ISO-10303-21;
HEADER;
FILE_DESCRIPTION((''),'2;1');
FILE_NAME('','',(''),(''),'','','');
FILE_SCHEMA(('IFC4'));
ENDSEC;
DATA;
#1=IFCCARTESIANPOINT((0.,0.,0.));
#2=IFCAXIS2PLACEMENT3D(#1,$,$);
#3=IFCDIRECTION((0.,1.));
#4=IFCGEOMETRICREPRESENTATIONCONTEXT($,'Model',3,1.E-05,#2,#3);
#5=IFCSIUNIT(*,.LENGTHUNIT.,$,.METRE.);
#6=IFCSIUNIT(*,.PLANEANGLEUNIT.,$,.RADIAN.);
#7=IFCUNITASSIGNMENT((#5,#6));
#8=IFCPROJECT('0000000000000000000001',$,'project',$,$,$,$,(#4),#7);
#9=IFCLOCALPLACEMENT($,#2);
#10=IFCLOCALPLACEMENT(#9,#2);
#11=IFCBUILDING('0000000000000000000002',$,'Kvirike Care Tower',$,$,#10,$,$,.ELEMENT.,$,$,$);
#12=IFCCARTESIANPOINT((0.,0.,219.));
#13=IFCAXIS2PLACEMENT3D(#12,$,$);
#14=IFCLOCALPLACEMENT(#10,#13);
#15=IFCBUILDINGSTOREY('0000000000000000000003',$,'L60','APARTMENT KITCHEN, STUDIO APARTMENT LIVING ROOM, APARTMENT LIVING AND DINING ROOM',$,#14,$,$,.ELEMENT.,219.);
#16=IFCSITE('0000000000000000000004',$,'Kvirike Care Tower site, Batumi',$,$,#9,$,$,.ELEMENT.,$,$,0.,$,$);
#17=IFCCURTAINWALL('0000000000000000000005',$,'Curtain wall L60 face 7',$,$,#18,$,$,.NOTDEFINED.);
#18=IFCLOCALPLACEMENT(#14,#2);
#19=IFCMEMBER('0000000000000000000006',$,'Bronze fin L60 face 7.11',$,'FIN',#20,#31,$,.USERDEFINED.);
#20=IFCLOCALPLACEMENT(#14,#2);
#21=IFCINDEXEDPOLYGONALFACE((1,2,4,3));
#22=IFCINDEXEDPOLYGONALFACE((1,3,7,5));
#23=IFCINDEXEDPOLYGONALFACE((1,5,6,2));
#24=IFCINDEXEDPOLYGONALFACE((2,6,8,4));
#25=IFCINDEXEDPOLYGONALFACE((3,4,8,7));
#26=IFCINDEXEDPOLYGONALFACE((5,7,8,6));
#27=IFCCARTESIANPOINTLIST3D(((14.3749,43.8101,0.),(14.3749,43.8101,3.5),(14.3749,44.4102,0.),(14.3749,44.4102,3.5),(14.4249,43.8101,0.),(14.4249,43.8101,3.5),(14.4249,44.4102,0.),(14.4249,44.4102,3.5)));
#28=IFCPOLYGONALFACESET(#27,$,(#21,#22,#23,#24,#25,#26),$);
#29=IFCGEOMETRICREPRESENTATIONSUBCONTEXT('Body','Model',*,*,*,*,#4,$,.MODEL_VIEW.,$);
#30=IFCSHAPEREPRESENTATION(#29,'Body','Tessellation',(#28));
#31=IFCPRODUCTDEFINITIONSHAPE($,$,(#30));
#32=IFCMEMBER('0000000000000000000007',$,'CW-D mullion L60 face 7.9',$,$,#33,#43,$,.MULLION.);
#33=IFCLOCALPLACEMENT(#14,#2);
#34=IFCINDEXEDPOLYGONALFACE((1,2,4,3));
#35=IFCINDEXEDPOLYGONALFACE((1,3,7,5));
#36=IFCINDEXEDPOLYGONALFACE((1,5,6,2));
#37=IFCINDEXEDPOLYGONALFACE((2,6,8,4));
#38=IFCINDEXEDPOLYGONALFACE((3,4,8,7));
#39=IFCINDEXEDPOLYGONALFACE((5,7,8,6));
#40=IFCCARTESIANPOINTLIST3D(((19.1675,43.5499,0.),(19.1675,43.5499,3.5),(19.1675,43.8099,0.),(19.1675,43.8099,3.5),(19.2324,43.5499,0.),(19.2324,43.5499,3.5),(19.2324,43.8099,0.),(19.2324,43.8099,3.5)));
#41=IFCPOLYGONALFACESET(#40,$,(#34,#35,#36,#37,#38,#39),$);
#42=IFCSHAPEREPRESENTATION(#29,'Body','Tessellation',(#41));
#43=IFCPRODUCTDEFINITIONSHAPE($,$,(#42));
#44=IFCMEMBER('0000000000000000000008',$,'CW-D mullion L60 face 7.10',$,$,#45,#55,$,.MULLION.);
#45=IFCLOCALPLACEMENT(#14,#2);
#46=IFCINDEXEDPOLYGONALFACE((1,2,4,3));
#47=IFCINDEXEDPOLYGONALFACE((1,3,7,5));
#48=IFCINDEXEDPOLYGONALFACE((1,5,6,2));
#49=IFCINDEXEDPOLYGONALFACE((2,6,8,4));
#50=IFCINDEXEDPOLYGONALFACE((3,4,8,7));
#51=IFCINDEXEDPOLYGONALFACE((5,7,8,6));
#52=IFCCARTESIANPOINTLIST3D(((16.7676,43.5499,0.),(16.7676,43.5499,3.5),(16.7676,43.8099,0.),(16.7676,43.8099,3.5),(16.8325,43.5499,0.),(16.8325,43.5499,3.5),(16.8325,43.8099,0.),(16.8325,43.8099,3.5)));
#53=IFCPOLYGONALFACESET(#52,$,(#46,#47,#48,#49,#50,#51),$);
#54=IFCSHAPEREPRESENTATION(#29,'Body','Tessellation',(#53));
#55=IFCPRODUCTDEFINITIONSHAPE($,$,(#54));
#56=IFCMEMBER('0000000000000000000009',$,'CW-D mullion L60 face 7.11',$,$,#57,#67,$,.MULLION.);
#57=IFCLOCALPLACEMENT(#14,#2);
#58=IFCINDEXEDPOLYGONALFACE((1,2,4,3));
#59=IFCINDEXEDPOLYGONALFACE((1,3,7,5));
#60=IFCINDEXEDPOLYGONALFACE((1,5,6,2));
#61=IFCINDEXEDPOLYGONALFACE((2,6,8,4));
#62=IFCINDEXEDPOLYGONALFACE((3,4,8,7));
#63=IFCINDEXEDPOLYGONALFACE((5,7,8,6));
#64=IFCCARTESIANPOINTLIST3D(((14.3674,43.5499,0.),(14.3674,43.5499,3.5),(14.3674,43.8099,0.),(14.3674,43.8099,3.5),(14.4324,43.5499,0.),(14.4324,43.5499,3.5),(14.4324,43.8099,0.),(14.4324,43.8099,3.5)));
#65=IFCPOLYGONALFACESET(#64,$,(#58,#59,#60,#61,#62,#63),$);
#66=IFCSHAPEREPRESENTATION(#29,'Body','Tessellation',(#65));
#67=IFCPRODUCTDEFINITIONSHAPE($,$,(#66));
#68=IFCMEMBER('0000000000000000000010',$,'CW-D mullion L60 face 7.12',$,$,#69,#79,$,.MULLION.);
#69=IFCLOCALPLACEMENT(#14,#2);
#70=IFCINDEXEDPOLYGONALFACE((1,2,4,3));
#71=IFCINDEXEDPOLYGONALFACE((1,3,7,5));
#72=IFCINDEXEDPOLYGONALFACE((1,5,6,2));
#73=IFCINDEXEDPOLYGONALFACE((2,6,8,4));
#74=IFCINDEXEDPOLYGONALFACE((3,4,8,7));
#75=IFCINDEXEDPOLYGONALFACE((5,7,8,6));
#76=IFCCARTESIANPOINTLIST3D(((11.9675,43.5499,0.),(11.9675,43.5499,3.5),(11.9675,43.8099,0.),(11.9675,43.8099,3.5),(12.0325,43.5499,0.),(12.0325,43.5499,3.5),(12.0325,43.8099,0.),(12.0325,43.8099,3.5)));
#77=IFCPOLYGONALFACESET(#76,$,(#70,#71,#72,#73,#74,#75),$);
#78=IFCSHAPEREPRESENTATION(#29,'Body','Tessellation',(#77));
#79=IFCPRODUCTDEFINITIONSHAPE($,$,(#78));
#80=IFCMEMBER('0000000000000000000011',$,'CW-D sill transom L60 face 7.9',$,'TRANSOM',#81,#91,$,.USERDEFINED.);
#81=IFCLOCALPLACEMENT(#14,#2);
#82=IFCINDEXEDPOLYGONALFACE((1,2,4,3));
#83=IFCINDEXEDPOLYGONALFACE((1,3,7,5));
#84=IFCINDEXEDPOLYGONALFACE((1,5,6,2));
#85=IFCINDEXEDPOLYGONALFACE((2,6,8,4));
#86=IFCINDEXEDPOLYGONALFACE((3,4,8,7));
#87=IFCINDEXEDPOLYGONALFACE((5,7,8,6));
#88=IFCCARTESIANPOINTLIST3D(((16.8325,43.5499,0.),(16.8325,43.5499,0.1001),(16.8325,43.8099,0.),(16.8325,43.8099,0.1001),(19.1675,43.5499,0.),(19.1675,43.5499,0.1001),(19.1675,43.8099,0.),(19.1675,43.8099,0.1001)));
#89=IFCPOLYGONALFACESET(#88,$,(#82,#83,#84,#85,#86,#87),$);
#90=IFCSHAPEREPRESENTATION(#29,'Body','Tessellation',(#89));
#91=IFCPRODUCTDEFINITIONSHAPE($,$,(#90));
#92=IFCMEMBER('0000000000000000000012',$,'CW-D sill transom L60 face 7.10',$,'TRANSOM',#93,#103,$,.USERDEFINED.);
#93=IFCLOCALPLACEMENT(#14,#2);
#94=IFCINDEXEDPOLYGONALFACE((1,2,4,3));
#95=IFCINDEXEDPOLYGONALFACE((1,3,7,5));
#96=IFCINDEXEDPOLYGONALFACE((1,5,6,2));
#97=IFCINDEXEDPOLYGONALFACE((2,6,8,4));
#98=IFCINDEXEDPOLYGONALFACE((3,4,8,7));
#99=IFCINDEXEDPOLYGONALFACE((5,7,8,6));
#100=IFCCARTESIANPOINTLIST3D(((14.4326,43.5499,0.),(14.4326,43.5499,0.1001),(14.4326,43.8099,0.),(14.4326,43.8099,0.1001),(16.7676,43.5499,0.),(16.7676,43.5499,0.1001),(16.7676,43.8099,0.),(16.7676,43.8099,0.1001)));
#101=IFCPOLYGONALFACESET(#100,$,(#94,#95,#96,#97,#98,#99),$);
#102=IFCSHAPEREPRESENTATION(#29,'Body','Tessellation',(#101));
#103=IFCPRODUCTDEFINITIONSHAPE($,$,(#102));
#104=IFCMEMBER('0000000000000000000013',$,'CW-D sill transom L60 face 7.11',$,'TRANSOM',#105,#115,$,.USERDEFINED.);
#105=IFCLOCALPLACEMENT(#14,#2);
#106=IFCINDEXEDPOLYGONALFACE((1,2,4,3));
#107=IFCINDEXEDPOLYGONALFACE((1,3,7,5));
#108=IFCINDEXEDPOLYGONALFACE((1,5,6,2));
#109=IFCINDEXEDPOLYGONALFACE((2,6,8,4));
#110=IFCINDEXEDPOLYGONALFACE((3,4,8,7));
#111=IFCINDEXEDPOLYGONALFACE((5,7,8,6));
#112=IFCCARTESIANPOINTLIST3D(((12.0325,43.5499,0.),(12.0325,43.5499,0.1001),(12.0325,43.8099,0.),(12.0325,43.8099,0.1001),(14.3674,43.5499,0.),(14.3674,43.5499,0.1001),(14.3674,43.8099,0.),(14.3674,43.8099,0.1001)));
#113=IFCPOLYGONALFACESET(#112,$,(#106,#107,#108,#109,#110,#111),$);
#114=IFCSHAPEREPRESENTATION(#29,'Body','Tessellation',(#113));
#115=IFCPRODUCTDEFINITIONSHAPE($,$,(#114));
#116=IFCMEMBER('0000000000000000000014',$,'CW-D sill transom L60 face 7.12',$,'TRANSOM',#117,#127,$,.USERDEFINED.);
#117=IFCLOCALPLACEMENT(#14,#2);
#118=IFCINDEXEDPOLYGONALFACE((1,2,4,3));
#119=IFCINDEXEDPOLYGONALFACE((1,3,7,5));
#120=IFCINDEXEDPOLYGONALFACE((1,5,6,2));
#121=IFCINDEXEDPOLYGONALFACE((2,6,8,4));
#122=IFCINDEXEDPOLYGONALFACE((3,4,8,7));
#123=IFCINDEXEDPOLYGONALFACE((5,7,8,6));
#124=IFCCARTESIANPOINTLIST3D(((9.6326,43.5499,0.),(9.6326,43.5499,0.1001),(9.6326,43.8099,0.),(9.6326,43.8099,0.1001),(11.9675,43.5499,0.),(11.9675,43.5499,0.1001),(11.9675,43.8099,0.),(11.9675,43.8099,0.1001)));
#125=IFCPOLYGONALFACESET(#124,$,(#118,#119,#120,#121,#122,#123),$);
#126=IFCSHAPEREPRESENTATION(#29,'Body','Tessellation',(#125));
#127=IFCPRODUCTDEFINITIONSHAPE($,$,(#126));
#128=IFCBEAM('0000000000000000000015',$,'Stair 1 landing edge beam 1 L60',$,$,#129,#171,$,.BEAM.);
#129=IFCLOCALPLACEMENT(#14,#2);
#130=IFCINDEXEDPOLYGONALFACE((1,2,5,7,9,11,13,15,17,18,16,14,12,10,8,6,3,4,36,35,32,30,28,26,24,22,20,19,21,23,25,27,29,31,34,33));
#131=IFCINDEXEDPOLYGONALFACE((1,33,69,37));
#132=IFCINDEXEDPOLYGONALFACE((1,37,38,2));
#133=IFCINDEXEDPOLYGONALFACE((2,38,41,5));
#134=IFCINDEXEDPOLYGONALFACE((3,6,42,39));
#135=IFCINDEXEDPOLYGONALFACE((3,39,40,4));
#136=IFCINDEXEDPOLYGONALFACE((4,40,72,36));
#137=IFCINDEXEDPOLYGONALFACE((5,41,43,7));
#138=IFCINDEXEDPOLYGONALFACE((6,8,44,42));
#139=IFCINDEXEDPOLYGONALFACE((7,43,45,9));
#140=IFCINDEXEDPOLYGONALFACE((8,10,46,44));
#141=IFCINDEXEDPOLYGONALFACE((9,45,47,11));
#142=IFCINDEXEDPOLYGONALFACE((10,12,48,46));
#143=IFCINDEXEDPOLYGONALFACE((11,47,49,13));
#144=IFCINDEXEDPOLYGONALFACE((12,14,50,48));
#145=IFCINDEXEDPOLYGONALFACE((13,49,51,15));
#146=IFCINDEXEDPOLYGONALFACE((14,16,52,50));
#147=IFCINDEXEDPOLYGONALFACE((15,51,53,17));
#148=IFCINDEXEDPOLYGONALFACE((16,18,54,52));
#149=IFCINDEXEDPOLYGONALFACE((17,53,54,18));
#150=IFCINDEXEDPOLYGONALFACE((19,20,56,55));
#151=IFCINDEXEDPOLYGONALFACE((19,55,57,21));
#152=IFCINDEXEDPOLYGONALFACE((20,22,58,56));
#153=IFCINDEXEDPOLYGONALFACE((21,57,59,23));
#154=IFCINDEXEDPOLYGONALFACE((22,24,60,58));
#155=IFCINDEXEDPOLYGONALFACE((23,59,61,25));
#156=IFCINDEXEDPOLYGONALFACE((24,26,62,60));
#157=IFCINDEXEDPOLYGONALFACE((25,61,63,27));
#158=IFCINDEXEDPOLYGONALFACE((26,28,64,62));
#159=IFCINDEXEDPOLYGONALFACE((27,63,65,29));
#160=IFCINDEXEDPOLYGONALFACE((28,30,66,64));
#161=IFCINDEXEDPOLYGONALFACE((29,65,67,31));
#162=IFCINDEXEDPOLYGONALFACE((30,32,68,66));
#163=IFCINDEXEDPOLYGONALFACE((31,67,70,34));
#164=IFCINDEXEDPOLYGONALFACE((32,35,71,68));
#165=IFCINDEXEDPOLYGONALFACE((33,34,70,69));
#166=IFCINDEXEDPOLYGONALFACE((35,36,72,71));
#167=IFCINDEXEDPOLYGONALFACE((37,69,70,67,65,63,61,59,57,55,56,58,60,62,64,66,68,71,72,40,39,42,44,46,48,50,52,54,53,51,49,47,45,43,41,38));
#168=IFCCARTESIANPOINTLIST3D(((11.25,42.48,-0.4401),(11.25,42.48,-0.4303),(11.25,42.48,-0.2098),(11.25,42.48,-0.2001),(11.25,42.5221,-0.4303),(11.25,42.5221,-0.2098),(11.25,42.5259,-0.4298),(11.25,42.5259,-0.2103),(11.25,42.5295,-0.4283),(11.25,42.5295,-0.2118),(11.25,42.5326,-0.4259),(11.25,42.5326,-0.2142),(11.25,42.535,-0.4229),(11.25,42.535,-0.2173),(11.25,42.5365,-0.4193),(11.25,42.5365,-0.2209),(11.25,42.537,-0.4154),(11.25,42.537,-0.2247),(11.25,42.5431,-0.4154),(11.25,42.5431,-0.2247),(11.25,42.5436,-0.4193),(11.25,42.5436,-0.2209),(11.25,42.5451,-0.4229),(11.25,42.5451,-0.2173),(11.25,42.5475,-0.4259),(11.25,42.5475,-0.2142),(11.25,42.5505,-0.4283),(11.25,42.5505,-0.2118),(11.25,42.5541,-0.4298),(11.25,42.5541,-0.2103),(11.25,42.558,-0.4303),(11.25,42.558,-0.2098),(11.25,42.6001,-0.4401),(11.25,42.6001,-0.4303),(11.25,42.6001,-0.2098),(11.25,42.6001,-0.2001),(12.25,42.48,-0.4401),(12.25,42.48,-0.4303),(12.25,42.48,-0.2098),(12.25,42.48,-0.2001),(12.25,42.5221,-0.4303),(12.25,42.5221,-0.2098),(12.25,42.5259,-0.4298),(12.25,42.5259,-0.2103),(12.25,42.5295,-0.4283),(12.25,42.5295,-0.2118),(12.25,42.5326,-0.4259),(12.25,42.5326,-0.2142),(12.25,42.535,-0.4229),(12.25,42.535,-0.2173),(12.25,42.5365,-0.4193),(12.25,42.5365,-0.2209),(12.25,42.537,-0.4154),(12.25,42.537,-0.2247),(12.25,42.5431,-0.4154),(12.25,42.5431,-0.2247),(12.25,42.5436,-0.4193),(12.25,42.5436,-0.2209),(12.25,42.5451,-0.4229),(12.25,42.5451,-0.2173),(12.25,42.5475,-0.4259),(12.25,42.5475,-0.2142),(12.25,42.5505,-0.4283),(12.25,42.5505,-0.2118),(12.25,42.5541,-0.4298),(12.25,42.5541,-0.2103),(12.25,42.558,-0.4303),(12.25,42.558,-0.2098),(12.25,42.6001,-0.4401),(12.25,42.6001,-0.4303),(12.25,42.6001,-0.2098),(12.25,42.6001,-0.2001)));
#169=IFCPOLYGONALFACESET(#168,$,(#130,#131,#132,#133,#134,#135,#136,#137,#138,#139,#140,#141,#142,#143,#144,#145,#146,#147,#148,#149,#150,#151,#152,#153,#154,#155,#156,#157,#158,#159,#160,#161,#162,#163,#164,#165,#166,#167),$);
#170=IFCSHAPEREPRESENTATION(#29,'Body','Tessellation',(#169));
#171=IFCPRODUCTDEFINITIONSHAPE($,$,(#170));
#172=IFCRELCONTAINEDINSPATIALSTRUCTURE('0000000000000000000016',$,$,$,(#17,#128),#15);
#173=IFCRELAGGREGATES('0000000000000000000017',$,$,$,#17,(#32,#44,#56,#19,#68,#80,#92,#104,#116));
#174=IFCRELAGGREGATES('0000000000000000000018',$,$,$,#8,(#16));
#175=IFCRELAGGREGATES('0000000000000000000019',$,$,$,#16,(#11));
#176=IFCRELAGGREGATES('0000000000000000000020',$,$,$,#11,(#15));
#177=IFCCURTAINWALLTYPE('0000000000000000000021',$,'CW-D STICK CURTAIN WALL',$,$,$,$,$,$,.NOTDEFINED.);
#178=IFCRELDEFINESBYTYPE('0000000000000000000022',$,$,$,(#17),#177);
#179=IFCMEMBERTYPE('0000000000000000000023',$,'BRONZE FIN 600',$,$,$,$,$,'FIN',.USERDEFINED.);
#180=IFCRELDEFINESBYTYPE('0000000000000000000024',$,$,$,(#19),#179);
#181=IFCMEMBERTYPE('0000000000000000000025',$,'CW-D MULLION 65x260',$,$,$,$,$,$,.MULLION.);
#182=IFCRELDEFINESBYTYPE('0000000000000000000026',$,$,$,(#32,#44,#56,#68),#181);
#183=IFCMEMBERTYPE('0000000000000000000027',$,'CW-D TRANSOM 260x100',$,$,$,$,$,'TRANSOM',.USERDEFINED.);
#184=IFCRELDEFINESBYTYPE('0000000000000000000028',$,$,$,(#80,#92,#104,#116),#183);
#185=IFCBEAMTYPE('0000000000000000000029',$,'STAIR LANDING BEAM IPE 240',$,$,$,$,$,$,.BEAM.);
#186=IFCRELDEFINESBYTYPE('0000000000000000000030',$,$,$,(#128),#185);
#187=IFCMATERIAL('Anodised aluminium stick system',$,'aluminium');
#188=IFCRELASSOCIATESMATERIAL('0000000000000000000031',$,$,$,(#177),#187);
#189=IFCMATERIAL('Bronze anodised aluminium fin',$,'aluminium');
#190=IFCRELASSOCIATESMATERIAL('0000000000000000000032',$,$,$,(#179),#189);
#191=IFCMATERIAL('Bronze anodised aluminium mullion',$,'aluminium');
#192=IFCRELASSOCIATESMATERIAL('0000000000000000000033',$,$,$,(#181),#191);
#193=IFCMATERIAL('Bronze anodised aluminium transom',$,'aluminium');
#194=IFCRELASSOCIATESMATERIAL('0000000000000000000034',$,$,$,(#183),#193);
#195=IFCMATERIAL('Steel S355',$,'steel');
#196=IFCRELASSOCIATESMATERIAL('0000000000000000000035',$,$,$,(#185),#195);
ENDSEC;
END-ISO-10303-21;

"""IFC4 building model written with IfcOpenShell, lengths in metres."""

from ifc_helpers import new_model, si_unit, direction, frame, origin, origin_2d, place, context, subcontext, project, spatial, rectangle, i_section, extrude, material, material_profile, profile_set, type_object, element, aggregate, save


model = new_model("IFC4")

# Units and contexts
model_context = context("Model", 3, precision=1e-05, world=origin(), true_north=direction((0.0, 1.0)))
body_context = subcontext(model_context, "Body", "Model", "MODEL_VIEW")
ifc_project = project(units=[si_unit("LENGTHUNIT", "METRE"), si_unit("PLANEANGLEUNIT", "RADIAN")], contexts=[model_context])

# Site, building, storey
site_placement = place(None, origin())
site = spatial("IfcSite", under=ifc_project, at=site_placement, Name="Kvirike Care Tower site, Batumi", CompositionType="ELEMENT", RefElevation=0.0)
building_placement = place(site_placement, origin())
building = spatial("IfcBuilding", under=site, at=building_placement, Name="Kvirike Care Tower", CompositionType="ELEMENT")
storey_placement = place(building_placement, frame((0.0, 0.0, 219.0)))
storey = spatial("IfcBuildingStorey", under=building, at=storey_placement, Name="L60", Description="APARTMENT KITCHEN, STUDIO APARTMENT LIVING ROOM, APARTMENT LIVING AND DINING ROOM", CompositionType="ELEMENT", Elevation=219.0)

# Curtain wall, members
ifc_material_1 = material(Name="Anodised aluminium stick system", Category="aluminium")
curtain_wall_type = type_object("IfcCurtainWallType", Name="CW-D STICK CURTAIN WALL", PredefinedType="NOTDEFINED", material=ifc_material_1)
curtain_wall_placement = place(storey_placement, origin())
curtain_wall = element("IfcCurtainWall", 1, at=curtain_wall_placement, inside=storey, type_object=curtain_wall_type, Name="Curtain wall L60 face 7", PredefinedType="NOTDEFINED")
ifc_material_2 = material(Name="Bronze anodised aluminium fin", Category="aluminium")
ifc_material_profile_1 = material_profile(ifc_material_2, rectangle(XDim=0.05, YDim=0.6001, at=origin_2d()), Name="BRONZE FIN 600")
ifc_profile_set_1 = profile_set([ifc_material_profile_1], Name="Bronze anodised aluminium fin")
member_type_1 = type_object("IfcMemberType", Name="BRONZE FIN 600", ElementType="FIN", PredefinedType="USERDEFINED", material=ifc_profile_set_1)
member_1_placement = place(storey_placement, frame((14.3999, 44.1101, 0.0), z_axis=(0.0, 0.0, 1.0), x_axis=(-1.0, 0.0, 0.0)))
member_1 = element("IfcMember", 2, at=member_1_placement, type_object=member_type_1, Name="Bronze fin L60 face 7.11", ObjectType="FIN", PredefinedType="USERDEFINED", context=body_context, shape_type="SweptSolid", body=[
    extrude(rectangle(XDim=0.05, YDim=0.6001, at=origin_2d()), origin(), (0.0, 0.0, 1.0), 3.5),
])
ifc_material_3 = material(Name="Bronze anodised aluminium mullion", Category="aluminium")
ifc_material_profile_2 = material_profile(ifc_material_3, rectangle(XDim=0.0649, YDim=0.26, at=origin_2d()), Name="CW-D MULLION 65x260")
ifc_profile_set_2 = profile_set([ifc_material_profile_2], Name="Bronze anodised aluminium mullion")
member_type_2 = type_object("IfcMemberType", Name="CW-D MULLION 65x260", PredefinedType="MULLION", material=ifc_profile_set_2)
member_2_placement = place(storey_placement, frame((19.2, 43.6799, 0.0), z_axis=(0.0, 0.0, 1.0), x_axis=(-1.0, 0.0, 0.0)))
member_2 = element("IfcMember", 3, at=member_2_placement, type_object=member_type_2, Name="CW-D mullion L60 face 7.9", PredefinedType="MULLION", context=body_context, shape_type="SweptSolid", body=[
    extrude(rectangle(XDim=0.0649, YDim=0.26, at=origin_2d()), origin(), (0.0, 0.0, 1.0), 3.5),
])
member_3_placement = place(storey_placement, frame((16.8, 43.6799, 0.0), z_axis=(0.0, 0.0, 1.0), x_axis=(-1.0, 0.0, 0.0)))
member_3 = element("IfcMember", 4, at=member_3_placement, type_object=member_type_2, Name="CW-D mullion L60 face 7.10", PredefinedType="MULLION", context=body_context, shape_type="SweptSolid", body=[
    extrude(rectangle(XDim=0.0649, YDim=0.26, at=origin_2d()), origin(), (0.0, 0.0, 1.0), 3.5),
])
member_4_placement = place(storey_placement, frame((14.3999, 43.6799, 0.0), z_axis=(0.0, 0.0, 1.0), x_axis=(-1.0, 0.0, 0.0)))
member_4 = element("IfcMember", 5, at=member_4_placement, type_object=member_type_2, Name="CW-D mullion L60 face 7.11", PredefinedType="MULLION", context=body_context, shape_type="SweptSolid", body=[
    extrude(rectangle(XDim=0.0649, YDim=0.26, at=origin_2d()), origin(), (0.0, 0.0, 1.0), 3.5),
])
member_5_placement = place(storey_placement, frame((12.0, 43.6799, 0.0), z_axis=(0.0, 0.0, 1.0), x_axis=(-1.0, 0.0, 0.0)))
member_5 = element("IfcMember", 6, at=member_5_placement, type_object=member_type_2, Name="CW-D mullion L60 face 7.12", PredefinedType="MULLION", context=body_context, shape_type="SweptSolid", body=[
    extrude(rectangle(XDim=0.0649, YDim=0.26, at=origin_2d()), origin(), (0.0, 0.0, 1.0), 3.5),
])
ifc_material_4 = material(Name="Bronze anodised aluminium transom", Category="aluminium")
ifc_material_profile_3 = material_profile(ifc_material_4, rectangle(XDim=0.26, YDim=0.1001, at=origin_2d()), Name="CW-D TRANSOM 260x100")
ifc_profile_set_3 = profile_set([ifc_material_profile_3], Name="Bronze anodised aluminium transom")
member_type_3 = type_object("IfcMemberType", Name="CW-D TRANSOM 260x100", ElementType="TRANSOM", PredefinedType="USERDEFINED", material=ifc_profile_set_3)
member_6_placement = place(storey_placement, frame((19.1675, 43.6799, 0.05), z_axis=(-1.0, 0.0, 0.0), x_axis=(0.0, -1.0, 0.0)))
member_6 = element("IfcMember", 7, at=member_6_placement, type_object=member_type_3, Name="CW-D sill transom L60 face 7.9", ObjectType="TRANSOM", PredefinedType="USERDEFINED", context=body_context, shape_type="SweptSolid", body=[
    extrude(rectangle(XDim=0.26, YDim=0.1001, at=origin_2d()), origin(), (0.0, 0.0, 1.0), 2.335),
])
member_7_placement = place(storey_placement, frame((16.7676, 43.6799, 0.05), z_axis=(-1.0, 0.0, 0.0), x_axis=(0.0, -1.0, 0.0)))
member_7 = element("IfcMember", 8, at=member_7_placement, type_object=member_type_3, Name="CW-D sill transom L60 face 7.10", ObjectType="TRANSOM", PredefinedType="USERDEFINED", context=body_context, shape_type="SweptSolid", body=[
    extrude(rectangle(XDim=0.26, YDim=0.1001, at=origin_2d()), origin(), (0.0, 0.0, 1.0), 2.335),
])
member_8_placement = place(storey_placement, frame((14.3674, 43.6799, 0.05), z_axis=(-1.0, 0.0, 0.0), x_axis=(0.0, -1.0, 0.0)))
member_8 = element("IfcMember", 9, at=member_8_placement, type_object=member_type_3, Name="CW-D sill transom L60 face 7.11", ObjectType="TRANSOM", PredefinedType="USERDEFINED", context=body_context, shape_type="SweptSolid", body=[
    extrude(rectangle(XDim=0.26, YDim=0.1001, at=origin_2d()), origin(), (0.0, 0.0, 1.0), 2.335),
])
member_9_placement = place(storey_placement, frame((11.9675, 43.6799, 0.05), z_axis=(-1.0, 0.0, 0.0), x_axis=(0.0, -1.0, 0.0)))
member_9 = element("IfcMember", 10, at=member_9_placement, type_object=member_type_3, Name="CW-D sill transom L60 face 7.12", ObjectType="TRANSOM", PredefinedType="USERDEFINED", context=body_context, shape_type="SweptSolid", body=[
    extrude(rectangle(XDim=0.26, YDim=0.1001, at=origin_2d()), origin(), (0.0, 0.0, 1.0), 2.335),
])

# Beam
ifc_material_5 = material(Name="Steel S355", Category="steel")
ifc_material_profile_4 = material_profile(ifc_material_5, i_section(OverallWidth=0.1201, OverallDepth=0.24, WebThickness=0.0061, FlangeThickness=0.0098, FilletRadius=0.0149, at=origin_2d()), Name="IPE 240")
ifc_profile_set_4 = profile_set([ifc_material_profile_4], Name="Steel S355")
beam_type_1 = type_object("IfcBeamType", Name="STAIR LANDING BEAM IPE 240", PredefinedType="BEAM", material=ifc_profile_set_4)
for number, where, z_axis, x_axis, name in (
    (11, (11.25, 42.54, -0.3201), (1.0, 0.0, 0.0), (0.0, 1.0, 0.0), "Stair 1 landing edge beam 1 L60"),
):
    element("IfcBeam", number, at=place(storey_placement, frame(where, z_axis=z_axis, x_axis=x_axis)), inside=storey, type_object=beam_type_1, Name=name, PredefinedType="BEAM", context=body_context, shape_type="SweptSolid", body=[
        extrude(i_section(OverallWidth=0.1201, OverallDepth=0.24, WebThickness=0.0061, FlangeThickness=0.0098, FilletRadius=0.0149, at=origin_2d()), origin(), (0.0, 0.0, 1.0), 1.0),
    ])

aggregate(curtain_wall, [member_2, member_3, member_4, member_1, member_5, member_6, member_7, member_8, member_9])

save(model, "model.ifc")
